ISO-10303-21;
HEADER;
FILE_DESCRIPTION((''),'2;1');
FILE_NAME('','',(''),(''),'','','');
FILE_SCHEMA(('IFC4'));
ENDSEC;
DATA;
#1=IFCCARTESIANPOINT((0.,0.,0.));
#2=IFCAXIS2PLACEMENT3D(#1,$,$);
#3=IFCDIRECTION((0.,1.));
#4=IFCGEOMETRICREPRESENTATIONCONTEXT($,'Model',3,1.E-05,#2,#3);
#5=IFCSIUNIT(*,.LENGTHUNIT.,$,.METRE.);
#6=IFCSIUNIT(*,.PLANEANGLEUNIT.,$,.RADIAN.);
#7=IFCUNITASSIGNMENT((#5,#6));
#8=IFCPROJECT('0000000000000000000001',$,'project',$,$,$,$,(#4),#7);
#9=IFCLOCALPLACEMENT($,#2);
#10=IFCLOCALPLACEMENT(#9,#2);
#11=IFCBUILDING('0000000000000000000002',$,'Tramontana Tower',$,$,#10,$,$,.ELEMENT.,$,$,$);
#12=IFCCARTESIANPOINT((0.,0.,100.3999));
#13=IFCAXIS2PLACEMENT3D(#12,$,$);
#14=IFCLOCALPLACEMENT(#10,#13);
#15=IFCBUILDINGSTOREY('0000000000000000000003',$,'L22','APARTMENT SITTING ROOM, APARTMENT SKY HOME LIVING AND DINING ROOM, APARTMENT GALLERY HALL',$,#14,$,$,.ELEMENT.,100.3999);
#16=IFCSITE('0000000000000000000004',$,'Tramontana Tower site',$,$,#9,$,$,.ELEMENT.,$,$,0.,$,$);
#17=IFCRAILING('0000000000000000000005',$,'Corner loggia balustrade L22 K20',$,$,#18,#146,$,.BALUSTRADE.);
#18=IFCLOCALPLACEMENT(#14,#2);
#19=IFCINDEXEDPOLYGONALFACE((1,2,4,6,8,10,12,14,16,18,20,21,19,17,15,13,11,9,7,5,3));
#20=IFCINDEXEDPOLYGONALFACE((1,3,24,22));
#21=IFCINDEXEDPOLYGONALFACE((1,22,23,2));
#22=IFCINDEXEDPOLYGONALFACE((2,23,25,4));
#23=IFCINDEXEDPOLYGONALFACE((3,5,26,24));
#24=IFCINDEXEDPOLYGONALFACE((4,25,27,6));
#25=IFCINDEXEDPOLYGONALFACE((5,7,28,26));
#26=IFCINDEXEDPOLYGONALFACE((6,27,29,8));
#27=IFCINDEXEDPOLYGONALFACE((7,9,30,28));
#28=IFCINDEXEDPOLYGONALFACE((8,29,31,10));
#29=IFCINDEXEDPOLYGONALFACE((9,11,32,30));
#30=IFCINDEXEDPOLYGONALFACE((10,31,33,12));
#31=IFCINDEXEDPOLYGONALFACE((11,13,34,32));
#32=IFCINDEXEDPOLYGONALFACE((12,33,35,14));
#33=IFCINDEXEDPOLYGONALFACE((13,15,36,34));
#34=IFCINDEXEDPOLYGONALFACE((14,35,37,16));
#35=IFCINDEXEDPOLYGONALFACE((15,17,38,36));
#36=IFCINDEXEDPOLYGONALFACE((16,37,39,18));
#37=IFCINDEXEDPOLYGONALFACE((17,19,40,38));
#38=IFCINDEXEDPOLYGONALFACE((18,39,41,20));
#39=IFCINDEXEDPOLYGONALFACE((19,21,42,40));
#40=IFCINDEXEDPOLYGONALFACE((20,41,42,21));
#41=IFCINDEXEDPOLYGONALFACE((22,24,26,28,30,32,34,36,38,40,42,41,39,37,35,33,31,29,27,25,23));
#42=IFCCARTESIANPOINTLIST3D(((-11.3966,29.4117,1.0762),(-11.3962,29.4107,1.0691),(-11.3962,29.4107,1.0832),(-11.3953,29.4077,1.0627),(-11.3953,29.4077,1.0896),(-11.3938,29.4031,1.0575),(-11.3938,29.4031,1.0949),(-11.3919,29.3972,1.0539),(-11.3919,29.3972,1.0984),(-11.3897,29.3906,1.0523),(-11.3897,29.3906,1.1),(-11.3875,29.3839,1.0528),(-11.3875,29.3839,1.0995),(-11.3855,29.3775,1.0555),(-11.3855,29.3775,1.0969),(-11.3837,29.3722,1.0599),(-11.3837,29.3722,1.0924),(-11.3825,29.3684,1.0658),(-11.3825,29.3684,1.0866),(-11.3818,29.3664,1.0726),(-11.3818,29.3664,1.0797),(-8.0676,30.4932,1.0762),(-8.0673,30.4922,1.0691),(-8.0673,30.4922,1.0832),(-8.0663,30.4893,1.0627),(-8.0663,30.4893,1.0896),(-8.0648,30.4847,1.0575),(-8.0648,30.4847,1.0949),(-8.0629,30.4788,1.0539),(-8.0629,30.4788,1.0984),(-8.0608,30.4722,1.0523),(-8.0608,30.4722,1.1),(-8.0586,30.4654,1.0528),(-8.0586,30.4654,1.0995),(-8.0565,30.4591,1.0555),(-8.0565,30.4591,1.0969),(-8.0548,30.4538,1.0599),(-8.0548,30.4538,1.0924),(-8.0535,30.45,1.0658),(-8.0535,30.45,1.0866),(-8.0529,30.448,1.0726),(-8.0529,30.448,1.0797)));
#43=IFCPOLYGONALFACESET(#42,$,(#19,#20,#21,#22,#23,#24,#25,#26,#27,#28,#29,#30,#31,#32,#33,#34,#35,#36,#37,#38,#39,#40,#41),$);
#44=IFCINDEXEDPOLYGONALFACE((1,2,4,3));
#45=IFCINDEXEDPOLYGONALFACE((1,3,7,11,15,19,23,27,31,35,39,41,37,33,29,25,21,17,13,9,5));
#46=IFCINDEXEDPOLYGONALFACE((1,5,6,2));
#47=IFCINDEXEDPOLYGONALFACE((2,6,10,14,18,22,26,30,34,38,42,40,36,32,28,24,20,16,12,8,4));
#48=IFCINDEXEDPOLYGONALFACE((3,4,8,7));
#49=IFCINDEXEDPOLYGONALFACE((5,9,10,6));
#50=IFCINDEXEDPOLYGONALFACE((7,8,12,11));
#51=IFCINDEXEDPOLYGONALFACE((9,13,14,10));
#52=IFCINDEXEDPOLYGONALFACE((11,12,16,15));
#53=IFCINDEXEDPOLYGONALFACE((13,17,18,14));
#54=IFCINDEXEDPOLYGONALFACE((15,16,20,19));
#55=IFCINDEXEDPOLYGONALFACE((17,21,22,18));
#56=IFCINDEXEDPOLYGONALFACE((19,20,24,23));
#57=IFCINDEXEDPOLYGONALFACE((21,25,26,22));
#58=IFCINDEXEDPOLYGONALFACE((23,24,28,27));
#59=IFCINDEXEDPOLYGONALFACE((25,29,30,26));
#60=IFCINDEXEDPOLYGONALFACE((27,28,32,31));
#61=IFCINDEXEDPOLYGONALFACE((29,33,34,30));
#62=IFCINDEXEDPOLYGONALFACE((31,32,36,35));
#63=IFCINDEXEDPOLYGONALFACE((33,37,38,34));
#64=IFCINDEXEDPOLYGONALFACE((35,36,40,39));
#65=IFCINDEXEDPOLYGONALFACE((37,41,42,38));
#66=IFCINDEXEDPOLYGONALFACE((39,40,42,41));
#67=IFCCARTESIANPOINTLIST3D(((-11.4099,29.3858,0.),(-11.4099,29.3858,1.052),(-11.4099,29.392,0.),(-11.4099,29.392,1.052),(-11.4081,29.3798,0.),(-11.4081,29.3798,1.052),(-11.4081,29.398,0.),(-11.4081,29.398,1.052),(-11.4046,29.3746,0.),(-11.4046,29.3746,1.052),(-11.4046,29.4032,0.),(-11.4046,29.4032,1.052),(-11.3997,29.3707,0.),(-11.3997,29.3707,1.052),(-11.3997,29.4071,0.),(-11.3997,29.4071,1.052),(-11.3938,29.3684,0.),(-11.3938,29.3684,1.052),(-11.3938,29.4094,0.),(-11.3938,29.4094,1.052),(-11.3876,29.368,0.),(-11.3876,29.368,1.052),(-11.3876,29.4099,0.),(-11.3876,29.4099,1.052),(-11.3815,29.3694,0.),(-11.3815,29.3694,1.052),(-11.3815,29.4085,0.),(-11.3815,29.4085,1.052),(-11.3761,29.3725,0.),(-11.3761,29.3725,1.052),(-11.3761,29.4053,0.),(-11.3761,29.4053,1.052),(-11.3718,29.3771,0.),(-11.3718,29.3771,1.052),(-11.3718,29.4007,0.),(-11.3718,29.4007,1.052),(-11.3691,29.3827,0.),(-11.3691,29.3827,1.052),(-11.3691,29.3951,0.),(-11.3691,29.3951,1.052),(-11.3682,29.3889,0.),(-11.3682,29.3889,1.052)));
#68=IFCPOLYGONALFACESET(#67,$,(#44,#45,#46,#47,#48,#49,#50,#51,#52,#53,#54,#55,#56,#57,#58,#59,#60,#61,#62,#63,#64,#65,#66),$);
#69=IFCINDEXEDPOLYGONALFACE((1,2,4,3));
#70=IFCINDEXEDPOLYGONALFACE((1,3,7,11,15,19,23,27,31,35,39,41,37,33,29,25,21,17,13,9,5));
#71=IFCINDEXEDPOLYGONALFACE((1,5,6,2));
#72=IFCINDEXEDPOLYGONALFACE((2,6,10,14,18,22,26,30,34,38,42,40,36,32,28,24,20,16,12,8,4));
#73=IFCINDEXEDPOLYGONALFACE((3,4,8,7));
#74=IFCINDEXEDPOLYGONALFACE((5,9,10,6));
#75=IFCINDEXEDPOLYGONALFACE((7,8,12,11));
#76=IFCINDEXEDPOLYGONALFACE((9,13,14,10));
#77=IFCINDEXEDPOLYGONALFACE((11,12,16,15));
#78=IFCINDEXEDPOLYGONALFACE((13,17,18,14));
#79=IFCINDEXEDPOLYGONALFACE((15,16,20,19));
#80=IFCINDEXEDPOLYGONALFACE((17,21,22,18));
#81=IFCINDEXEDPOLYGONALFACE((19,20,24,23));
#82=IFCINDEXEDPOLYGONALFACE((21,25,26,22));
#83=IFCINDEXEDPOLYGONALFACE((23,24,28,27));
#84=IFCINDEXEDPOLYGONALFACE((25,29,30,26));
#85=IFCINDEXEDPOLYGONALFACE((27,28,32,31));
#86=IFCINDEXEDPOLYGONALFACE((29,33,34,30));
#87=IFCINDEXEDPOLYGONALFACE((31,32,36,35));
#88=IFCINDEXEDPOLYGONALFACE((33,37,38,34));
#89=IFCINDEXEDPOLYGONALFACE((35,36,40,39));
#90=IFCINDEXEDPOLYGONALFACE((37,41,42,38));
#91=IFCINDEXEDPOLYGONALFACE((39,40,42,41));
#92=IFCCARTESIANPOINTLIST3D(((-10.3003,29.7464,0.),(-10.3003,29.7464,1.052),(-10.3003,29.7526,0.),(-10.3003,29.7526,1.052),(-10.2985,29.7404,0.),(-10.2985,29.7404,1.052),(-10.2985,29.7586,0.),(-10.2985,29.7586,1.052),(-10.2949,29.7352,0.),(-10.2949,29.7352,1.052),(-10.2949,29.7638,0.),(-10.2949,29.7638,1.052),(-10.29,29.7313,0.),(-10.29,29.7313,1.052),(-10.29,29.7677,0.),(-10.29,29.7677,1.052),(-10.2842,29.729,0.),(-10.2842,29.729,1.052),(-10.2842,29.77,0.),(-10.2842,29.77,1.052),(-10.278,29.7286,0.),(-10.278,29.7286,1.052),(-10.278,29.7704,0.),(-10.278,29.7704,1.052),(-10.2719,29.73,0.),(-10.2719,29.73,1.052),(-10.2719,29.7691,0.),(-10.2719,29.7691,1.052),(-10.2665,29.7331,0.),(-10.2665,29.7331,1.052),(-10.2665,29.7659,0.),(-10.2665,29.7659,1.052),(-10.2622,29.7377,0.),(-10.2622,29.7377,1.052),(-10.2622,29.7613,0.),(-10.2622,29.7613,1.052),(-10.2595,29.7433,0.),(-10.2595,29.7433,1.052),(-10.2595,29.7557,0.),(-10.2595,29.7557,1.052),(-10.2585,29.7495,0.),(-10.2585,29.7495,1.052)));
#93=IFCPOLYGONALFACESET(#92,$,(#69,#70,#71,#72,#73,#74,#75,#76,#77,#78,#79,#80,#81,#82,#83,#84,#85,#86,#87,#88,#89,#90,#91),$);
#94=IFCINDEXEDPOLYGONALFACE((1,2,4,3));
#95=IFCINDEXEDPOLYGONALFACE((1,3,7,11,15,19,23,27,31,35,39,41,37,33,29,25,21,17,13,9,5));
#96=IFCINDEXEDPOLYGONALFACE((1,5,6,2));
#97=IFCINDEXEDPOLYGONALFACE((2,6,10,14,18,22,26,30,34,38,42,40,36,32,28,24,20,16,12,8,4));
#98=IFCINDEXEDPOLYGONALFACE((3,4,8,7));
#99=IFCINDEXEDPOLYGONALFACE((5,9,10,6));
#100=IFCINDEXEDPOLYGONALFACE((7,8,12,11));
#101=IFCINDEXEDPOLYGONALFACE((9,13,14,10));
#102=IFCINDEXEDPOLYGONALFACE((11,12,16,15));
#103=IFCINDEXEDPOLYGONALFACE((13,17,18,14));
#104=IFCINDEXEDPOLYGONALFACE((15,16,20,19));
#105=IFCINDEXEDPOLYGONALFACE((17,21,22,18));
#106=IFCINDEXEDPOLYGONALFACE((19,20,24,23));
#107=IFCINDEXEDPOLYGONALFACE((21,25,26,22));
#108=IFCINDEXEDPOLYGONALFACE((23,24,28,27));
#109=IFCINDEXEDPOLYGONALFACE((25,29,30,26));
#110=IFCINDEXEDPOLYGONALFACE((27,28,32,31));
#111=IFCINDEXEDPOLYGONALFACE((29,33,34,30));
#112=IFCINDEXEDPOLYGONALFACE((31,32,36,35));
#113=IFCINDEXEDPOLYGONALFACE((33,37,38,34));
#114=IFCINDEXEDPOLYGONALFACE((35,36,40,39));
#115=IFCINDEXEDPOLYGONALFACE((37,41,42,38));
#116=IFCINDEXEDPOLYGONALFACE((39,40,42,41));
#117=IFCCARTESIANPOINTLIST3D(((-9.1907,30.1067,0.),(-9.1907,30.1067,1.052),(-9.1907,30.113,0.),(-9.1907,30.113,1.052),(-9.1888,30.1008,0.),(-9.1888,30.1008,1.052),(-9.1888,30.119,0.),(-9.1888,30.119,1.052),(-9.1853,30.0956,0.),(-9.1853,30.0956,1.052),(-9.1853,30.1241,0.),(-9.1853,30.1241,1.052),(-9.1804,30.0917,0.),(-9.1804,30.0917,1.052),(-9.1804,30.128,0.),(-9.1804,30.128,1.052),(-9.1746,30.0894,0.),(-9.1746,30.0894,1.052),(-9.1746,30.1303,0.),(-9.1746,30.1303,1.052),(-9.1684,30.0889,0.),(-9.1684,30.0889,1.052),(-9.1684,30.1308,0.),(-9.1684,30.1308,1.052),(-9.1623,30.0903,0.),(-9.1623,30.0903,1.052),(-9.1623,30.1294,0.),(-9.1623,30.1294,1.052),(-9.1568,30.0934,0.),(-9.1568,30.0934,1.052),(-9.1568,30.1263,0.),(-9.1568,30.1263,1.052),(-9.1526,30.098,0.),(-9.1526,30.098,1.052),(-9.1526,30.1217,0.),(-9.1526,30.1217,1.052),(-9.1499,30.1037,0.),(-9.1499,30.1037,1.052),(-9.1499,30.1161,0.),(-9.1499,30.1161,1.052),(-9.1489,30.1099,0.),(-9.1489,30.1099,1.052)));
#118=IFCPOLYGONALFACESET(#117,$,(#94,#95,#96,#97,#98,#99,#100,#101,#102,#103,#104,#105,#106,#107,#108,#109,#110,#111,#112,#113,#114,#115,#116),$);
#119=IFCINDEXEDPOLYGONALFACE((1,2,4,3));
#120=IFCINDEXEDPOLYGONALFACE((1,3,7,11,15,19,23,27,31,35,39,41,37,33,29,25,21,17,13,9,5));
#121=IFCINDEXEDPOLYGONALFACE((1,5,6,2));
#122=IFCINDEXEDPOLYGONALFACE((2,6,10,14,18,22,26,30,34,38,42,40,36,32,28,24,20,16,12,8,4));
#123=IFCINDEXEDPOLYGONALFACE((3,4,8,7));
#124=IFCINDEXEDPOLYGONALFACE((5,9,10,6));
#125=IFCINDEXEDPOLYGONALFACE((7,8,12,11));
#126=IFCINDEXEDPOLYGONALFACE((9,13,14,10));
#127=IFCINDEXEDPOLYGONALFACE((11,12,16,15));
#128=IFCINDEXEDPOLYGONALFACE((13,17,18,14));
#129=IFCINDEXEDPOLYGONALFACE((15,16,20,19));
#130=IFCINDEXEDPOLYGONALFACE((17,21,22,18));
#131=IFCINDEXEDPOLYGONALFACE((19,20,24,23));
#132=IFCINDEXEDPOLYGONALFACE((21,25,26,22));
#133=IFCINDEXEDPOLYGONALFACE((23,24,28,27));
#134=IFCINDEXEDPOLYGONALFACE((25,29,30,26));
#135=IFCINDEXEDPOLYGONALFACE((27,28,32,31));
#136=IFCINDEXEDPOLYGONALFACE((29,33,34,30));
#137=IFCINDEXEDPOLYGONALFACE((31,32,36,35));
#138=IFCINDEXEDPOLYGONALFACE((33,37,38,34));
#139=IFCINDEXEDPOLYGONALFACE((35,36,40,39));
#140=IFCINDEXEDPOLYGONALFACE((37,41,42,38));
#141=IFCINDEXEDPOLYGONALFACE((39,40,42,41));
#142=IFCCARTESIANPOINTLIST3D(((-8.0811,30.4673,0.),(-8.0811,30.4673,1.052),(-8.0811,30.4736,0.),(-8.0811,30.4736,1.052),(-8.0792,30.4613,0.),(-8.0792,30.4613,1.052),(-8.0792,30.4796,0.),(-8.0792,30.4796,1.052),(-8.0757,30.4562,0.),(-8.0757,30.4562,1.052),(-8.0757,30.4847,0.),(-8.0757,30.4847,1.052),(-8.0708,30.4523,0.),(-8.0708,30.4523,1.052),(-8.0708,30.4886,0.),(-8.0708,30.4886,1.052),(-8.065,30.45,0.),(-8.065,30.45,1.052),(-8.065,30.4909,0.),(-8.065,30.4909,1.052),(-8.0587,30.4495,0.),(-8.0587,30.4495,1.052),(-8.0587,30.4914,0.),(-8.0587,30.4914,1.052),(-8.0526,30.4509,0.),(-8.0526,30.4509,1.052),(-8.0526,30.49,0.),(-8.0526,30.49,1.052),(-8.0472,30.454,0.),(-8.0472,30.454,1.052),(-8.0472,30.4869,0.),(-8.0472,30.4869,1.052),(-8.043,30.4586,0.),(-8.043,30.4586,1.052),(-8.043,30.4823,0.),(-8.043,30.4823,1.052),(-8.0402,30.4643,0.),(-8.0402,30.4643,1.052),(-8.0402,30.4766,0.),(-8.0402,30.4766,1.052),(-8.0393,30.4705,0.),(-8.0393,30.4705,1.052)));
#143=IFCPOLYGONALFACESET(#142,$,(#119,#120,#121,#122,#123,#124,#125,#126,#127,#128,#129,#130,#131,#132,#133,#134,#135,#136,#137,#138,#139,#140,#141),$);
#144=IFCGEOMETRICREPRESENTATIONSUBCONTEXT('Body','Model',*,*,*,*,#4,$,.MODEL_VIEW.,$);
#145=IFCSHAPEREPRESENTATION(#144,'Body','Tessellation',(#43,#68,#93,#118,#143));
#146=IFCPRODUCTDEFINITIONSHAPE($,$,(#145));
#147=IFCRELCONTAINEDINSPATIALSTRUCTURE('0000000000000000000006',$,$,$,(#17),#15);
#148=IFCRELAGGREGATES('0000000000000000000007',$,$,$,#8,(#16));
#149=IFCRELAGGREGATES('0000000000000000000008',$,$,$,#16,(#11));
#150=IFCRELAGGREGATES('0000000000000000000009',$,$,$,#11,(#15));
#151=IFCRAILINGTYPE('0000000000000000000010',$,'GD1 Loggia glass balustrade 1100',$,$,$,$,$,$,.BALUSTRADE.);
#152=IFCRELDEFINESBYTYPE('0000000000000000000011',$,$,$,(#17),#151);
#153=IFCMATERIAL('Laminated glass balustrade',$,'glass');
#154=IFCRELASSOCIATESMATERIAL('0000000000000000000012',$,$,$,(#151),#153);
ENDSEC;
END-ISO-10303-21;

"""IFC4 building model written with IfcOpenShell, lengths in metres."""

from ifc_helpers import new_model, si_unit, direction, frame, origin, origin_2d, place, context, subcontext, project, spatial, circle, extrude, material, type_object, element, save


model = new_model("IFC4")

# Units and contexts
model_context = context("Model", 3, precision=1e-05, world=origin(), true_north=direction((0.0, 1.0)))
body_context = subcontext(model_context, "Body", "Model", "MODEL_VIEW")
ifc_project = project(units=[si_unit("LENGTHUNIT", "METRE"), si_unit("PLANEANGLEUNIT", "RADIAN")], contexts=[model_context])

# Site, building, storey
site_placement = place(None, origin())
site = spatial("IfcSite", under=ifc_project, at=site_placement, Name="Tramontana Tower site", CompositionType="ELEMENT", RefElevation=0.0)
building_placement = place(site_placement, origin())
building = spatial("IfcBuilding", under=site, at=building_placement, Name="Tramontana Tower", CompositionType="ELEMENT")
storey_placement = place(building_placement, frame((0.0, 0.0, 100.3999)))
storey = spatial("IfcBuildingStorey", under=building, at=storey_placement, Name="L22", Description="APARTMENT SITTING ROOM, APARTMENT SKY HOME LIVING AND DINING ROOM, APARTMENT GALLERY HALL", CompositionType="ELEMENT", Elevation=100.3999)

# Railing
ifc_material_1 = material(Name="Laminated glass balustrade", Category="glass")
railing_type = type_object("IfcRailingType", Name="GD1 Loggia glass balustrade 1100", PredefinedType="BALUSTRADE", material=ifc_material_1)
railing_1_placement = place(storey_placement, frame((-11.3892, 29.3889, 0.0)))
element("IfcRailing", 1, at=railing_1_placement, inside=storey, type_object=railing_type, Name="Corner loggia balustrade L22 K20", PredefinedType="BALUSTRADE", context=body_context, shape_type="SweptSolid", body=[
    extrude(circle(Radius=0.0239, at=origin_2d()), frame((0.0, 0.0, 1.0762), z_axis=(0.951062, 0.308999, 0.0), x_axis=(-0.308999, 0.951062, 0.0)), (0.0, 0.0, 1.0), 3.5002),
    extrude(circle(Radius=0.021, at=origin_2d()), origin(), (0.0, 0.0, 1.0), 1.052),
    extrude(circle(Radius=0.021, at=origin_2d()), frame((1.1096, 0.3606, 0.0)), (0.0, 0.0, 1.0), 1.052),
    extrude(circle(Radius=0.021, at=origin_2d()), frame((2.2192, 0.7209, 0.0)), (0.0, 0.0, 1.0), 1.052),
    extrude(circle(Radius=0.021, at=origin_2d()), frame((3.3289, 1.0815, 0.0)), (0.0, 0.0, 1.0), 1.052),
])

save(model, "model.ifc")
